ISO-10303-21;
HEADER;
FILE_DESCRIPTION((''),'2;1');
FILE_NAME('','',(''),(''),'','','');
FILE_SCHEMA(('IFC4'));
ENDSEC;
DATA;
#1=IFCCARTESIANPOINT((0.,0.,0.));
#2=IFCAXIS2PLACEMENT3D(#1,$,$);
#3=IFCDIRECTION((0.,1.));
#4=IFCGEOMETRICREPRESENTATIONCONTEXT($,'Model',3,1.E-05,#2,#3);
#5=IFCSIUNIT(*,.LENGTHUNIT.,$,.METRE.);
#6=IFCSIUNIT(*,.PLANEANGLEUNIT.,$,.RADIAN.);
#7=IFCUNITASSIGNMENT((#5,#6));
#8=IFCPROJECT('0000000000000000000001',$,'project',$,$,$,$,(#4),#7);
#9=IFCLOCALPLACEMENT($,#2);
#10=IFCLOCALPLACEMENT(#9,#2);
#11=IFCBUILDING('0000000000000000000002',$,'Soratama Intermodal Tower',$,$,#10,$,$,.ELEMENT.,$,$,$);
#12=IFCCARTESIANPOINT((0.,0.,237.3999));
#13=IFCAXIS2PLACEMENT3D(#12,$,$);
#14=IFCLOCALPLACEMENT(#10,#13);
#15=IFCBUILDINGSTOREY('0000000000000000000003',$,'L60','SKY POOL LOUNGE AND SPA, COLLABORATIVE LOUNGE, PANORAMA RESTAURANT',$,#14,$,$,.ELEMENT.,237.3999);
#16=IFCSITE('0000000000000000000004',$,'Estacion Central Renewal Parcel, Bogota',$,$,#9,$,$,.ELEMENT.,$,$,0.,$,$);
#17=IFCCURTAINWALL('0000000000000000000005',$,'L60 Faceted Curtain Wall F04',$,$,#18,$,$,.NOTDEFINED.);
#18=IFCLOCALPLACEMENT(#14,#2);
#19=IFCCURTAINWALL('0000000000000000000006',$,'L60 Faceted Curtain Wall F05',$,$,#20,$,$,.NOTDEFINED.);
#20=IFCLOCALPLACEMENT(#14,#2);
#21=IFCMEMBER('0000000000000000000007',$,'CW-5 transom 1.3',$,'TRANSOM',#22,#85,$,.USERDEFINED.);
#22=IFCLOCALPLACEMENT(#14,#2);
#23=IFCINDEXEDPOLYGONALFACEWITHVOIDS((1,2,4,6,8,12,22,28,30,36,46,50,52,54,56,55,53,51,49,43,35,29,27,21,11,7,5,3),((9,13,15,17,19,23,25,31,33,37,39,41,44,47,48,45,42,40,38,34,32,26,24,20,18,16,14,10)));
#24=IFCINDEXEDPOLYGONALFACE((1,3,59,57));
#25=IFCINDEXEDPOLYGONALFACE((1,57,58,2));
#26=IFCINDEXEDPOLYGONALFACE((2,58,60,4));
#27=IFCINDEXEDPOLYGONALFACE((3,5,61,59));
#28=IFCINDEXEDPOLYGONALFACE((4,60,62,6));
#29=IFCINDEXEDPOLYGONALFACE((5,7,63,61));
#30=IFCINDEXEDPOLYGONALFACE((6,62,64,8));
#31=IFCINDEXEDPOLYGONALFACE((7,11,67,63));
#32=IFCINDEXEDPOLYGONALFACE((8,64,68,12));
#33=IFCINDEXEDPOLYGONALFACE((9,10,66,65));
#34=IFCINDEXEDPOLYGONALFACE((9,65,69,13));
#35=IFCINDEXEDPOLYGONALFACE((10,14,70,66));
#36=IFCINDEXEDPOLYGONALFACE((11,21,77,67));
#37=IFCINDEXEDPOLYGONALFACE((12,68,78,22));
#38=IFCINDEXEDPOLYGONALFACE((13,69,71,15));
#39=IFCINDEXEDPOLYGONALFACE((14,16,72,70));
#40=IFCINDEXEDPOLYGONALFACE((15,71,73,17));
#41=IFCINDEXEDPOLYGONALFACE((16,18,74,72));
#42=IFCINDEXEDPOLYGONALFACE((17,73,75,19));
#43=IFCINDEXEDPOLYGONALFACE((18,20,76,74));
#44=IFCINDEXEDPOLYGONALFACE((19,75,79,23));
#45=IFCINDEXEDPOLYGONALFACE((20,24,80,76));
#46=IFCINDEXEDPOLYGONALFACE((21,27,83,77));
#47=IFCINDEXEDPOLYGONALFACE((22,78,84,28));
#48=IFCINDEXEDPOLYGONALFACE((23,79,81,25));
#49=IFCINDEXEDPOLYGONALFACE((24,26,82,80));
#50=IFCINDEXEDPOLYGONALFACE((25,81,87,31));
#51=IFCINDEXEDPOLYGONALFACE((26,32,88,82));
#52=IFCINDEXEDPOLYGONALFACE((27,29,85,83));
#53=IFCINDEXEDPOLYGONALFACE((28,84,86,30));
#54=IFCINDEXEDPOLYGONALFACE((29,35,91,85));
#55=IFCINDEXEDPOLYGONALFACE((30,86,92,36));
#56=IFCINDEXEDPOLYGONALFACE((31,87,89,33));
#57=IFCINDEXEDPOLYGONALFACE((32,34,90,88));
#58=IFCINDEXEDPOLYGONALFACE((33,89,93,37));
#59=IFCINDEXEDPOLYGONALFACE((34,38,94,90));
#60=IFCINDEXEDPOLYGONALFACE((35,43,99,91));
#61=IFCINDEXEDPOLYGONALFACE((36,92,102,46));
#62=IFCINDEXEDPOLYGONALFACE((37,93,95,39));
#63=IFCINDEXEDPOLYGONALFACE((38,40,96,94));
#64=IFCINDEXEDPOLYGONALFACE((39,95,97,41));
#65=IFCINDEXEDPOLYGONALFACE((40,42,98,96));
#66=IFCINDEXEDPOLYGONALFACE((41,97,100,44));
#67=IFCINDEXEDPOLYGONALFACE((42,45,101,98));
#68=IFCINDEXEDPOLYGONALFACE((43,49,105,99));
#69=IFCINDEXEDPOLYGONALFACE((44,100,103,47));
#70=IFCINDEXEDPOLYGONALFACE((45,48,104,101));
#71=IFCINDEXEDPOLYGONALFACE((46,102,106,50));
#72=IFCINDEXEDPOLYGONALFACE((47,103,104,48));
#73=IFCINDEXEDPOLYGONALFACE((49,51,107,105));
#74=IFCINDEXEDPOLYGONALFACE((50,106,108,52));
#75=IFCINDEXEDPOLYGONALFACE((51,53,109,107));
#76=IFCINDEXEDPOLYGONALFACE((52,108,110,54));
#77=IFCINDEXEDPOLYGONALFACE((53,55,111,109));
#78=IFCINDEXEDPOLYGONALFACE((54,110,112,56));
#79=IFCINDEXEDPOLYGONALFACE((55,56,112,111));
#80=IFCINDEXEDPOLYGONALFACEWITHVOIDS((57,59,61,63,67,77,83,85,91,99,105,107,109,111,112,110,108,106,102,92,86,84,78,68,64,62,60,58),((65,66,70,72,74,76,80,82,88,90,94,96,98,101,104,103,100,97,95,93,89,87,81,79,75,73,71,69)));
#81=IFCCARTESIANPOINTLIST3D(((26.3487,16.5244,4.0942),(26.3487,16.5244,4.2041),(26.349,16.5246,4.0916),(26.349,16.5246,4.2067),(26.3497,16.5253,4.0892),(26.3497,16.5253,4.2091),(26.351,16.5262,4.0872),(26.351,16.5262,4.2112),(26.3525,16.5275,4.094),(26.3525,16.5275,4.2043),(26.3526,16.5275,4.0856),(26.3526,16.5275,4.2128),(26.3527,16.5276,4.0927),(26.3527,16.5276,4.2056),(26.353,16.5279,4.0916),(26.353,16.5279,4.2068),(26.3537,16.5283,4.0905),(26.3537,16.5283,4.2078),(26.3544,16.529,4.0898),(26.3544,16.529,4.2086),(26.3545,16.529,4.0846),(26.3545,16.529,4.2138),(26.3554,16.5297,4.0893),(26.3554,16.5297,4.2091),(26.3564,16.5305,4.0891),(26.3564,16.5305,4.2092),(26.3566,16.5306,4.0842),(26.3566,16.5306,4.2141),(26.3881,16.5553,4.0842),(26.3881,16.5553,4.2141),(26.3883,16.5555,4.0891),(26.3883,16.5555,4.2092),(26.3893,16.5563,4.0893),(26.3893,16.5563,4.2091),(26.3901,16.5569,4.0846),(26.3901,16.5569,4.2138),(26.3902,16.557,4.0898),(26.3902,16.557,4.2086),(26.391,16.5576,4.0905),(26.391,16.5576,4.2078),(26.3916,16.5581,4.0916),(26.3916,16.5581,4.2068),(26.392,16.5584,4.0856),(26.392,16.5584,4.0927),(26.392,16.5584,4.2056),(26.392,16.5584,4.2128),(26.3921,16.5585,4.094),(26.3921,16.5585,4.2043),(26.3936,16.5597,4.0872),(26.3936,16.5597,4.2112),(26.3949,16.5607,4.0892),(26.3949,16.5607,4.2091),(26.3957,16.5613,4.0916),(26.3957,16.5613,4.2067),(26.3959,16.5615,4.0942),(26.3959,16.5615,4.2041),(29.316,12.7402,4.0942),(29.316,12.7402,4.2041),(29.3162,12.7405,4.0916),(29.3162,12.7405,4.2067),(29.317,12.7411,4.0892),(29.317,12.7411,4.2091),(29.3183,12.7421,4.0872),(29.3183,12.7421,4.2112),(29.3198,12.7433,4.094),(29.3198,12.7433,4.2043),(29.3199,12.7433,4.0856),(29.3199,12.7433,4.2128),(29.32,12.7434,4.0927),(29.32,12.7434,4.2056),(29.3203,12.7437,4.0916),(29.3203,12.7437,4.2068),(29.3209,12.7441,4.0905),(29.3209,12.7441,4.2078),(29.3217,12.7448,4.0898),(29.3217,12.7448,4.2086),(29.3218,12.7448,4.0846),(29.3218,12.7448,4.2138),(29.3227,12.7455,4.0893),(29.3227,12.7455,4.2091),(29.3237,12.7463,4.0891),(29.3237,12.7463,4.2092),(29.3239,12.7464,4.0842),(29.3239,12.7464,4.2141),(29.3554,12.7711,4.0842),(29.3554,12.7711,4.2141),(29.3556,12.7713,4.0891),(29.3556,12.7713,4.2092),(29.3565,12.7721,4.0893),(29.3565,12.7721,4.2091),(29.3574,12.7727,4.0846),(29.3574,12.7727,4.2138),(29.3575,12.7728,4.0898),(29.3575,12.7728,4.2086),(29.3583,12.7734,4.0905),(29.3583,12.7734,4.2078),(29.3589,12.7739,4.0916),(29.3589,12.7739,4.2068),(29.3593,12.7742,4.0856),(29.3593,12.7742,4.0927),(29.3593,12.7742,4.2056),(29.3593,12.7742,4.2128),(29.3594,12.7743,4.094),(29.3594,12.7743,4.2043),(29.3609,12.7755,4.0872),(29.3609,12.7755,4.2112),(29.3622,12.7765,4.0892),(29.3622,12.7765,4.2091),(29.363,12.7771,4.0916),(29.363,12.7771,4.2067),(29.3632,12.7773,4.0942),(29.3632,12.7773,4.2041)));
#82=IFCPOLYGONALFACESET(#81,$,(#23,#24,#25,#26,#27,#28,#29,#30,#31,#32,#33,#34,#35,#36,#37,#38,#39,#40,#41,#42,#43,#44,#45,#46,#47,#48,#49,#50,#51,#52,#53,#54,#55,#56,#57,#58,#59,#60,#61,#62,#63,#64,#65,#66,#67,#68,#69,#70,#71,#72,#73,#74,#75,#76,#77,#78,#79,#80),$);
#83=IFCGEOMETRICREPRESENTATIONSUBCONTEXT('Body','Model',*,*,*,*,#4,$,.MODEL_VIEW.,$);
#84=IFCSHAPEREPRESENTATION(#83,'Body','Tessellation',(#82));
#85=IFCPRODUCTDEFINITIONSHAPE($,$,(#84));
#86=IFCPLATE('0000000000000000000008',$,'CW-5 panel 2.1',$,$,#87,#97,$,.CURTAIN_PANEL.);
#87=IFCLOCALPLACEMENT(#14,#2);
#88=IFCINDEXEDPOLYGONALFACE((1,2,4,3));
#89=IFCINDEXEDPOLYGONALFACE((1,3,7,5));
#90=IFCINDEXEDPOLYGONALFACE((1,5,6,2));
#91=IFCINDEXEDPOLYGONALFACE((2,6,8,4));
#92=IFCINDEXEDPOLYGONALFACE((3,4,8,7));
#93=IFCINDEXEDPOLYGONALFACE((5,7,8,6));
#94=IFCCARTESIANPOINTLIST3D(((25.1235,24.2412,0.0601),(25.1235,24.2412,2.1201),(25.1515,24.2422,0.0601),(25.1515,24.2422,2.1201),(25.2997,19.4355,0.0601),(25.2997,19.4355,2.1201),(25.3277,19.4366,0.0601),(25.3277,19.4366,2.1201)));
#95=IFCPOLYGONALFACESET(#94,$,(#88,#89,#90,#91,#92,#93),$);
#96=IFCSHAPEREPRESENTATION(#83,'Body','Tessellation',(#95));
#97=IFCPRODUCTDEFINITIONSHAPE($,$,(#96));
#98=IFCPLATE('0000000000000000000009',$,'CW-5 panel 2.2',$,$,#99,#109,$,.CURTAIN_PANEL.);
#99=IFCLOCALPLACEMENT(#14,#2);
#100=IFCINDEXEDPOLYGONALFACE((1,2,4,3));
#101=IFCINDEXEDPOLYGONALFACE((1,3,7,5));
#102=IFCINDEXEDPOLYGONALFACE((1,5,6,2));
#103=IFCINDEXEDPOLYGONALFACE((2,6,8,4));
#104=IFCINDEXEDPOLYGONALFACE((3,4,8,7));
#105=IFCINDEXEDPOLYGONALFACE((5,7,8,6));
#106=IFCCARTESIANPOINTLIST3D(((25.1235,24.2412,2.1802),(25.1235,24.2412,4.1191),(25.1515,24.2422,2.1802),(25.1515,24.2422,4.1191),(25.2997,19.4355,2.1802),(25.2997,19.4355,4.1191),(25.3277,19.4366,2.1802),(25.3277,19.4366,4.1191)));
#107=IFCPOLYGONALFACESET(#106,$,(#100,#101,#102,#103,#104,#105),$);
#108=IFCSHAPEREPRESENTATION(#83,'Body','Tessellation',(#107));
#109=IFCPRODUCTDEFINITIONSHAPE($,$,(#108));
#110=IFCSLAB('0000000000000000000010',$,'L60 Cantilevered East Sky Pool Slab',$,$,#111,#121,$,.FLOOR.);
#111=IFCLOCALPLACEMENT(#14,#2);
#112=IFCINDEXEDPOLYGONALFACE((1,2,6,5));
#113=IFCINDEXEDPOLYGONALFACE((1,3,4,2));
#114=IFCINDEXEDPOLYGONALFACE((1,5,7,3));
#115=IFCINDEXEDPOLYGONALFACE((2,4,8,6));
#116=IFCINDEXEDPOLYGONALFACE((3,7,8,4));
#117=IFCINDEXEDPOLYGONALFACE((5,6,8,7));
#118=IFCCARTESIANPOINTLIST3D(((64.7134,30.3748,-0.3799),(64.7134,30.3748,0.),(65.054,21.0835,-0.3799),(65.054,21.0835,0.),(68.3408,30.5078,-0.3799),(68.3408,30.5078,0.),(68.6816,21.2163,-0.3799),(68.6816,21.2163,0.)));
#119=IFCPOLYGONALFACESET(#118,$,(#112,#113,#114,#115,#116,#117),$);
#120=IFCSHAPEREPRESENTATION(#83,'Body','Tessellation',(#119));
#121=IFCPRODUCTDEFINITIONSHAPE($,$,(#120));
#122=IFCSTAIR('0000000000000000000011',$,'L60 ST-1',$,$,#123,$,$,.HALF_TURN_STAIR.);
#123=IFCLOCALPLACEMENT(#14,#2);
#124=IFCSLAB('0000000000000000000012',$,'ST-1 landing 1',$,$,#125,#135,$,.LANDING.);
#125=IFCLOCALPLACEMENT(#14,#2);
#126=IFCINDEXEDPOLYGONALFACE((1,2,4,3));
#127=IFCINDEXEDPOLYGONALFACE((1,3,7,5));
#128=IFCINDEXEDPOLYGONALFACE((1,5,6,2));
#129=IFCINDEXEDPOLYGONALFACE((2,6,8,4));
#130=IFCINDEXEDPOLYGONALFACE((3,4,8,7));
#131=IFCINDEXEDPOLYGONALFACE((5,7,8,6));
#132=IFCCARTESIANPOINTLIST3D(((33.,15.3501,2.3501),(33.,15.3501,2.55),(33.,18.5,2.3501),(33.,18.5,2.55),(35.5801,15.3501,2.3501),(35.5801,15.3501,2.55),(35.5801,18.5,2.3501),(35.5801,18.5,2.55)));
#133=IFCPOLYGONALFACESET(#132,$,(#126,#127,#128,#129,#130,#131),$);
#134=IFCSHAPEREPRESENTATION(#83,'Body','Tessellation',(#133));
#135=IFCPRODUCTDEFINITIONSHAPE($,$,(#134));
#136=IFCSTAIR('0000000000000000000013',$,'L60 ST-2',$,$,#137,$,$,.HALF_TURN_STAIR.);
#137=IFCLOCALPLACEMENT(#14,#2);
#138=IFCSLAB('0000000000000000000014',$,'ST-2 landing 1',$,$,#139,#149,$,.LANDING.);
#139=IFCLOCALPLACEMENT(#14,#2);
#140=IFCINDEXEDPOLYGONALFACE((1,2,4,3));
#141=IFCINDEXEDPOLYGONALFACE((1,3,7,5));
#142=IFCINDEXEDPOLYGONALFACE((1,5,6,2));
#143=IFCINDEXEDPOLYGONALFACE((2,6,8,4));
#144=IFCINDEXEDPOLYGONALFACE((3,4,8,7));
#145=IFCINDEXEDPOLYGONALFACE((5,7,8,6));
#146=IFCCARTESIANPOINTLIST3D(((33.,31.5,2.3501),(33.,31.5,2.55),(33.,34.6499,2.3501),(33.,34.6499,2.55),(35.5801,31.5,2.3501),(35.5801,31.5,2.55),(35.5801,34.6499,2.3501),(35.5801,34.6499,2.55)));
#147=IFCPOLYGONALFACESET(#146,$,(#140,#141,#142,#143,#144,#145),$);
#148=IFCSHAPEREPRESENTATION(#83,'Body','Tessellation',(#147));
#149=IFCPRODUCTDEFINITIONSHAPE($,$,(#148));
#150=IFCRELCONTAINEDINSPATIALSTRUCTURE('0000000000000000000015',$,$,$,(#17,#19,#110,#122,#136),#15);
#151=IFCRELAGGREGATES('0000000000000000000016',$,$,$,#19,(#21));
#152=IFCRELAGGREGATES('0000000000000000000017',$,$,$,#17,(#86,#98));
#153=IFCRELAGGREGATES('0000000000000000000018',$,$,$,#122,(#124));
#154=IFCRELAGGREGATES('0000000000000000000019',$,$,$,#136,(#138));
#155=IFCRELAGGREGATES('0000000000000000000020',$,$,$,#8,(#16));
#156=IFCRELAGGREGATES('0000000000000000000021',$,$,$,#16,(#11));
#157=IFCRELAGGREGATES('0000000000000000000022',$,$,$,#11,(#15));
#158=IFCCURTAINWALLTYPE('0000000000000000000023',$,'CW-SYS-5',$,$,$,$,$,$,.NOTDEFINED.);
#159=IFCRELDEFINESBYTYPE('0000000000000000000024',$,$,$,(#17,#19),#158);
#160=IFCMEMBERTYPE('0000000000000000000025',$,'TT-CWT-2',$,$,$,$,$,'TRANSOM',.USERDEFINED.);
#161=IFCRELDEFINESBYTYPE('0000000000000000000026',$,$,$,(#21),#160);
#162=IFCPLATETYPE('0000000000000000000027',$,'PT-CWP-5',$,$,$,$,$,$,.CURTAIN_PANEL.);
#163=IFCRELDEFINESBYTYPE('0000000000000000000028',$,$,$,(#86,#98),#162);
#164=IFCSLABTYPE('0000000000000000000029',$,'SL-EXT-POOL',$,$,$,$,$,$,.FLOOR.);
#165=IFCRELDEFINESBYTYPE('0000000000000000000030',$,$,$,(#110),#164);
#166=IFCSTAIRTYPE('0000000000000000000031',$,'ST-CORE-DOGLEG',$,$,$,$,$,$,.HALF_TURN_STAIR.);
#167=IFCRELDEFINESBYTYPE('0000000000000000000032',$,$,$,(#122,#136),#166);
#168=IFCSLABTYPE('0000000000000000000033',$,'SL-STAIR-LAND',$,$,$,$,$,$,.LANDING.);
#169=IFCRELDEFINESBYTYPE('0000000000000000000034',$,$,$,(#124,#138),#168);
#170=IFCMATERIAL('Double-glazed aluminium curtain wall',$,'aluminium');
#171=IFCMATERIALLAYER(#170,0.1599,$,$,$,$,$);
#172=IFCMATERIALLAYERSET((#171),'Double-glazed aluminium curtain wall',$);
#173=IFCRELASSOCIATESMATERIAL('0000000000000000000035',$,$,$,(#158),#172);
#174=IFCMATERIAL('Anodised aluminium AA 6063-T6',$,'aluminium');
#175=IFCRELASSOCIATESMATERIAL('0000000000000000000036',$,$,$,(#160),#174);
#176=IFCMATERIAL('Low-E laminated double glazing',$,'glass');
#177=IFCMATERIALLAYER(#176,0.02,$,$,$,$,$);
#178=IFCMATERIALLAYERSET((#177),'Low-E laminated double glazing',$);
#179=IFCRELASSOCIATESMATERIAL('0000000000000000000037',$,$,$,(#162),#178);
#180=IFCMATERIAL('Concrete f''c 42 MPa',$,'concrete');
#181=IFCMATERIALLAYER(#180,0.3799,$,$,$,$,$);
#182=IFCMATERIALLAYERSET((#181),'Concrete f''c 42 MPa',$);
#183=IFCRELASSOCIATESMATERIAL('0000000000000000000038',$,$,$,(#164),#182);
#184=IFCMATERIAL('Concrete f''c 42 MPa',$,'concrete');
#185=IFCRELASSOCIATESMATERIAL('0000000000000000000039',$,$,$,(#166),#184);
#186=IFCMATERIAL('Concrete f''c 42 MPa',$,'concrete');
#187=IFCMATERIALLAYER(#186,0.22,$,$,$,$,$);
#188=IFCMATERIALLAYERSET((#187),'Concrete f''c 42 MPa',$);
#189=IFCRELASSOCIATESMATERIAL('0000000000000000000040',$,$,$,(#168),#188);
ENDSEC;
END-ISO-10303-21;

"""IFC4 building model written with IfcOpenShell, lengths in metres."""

from ifc_helpers import new_model, si_unit, direction, frame, origin, origin_2d, place, context, subcontext, project, spatial, polyline, rectangle, hollow_rectangle, outline, extrude, material, layer, layer_set, material_profile, profile_set, type_object, element, aggregate, save


model = new_model("IFC4")

# Units and contexts
model_context = context("Model", 3, precision=1e-05, world=origin(), true_north=direction((0.0, 1.0)))
body_context = subcontext(model_context, "Body", "Model", "MODEL_VIEW")
ifc_project = project(units=[si_unit("LENGTHUNIT", "METRE"), si_unit("PLANEANGLEUNIT", "RADIAN")], contexts=[model_context])

# Site, building, storey
site_placement = place(None, origin())
site = spatial("IfcSite", under=ifc_project, at=site_placement, Name="Estacion Central Renewal Parcel, Bogota", CompositionType="ELEMENT", RefElevation=0.0)
building_placement = place(site_placement, origin())
building = spatial("IfcBuilding", under=site, at=building_placement, Name="Soratama Intermodal Tower", CompositionType="ELEMENT")
storey_placement = place(building_placement, frame((0.0, 0.0, 237.3999)))
storey = spatial("IfcBuildingStorey", under=building, at=storey_placement, Name="L60", Description="SKY POOL LOUNGE AND SPA, COLLABORATIVE LOUNGE, PANORAMA RESTAURANT", CompositionType="ELEMENT", Elevation=237.3999)

# Curtain wall
ifc_material_1 = material(Name="Double-glazed aluminium curtain wall", Category="aluminium")
ifc_layer_1 = layer(ifc_material_1, 0.1599)
ifc_layer_set_1 = layer_set([ifc_layer_1], Name="Double-glazed aluminium curtain wall")
curtain_wall_type = type_object("IfcCurtainWallType", Name="CW-SYS-5", PredefinedType="NOTDEFINED", material=ifc_layer_set_1)
curtain_wall_1_placement = place(storey_placement, origin())
curtain_wall_1 = element("IfcCurtainWall", 1, at=curtain_wall_1_placement, inside=storey, type_object=curtain_wall_type, Name="L60 Faceted Curtain Wall F04", PredefinedType="NOTDEFINED")

# Curtain wall
curtain_wall_2_placement = place(storey_placement, origin())
curtain_wall_2 = element("IfcCurtainWall", 2, at=curtain_wall_2_placement, inside=storey, type_object=curtain_wall_type, Name="L60 Faceted Curtain Wall F05", PredefinedType="NOTDEFINED")

# Member
ifc_material_2 = material(Name="Anodised aluminium AA 6063-T6", Category="aluminium")
ifc_material_profile_1 = material_profile(ifc_material_2, hollow_rectangle(XDim=0.0601, YDim=0.1299, WallThickness=0.0049, InnerFilletRadius=0.0049, OuterFilletRadius=0.01, at=origin_2d()), Name="CWT130X60X5")
ifc_profile_set_1 = profile_set([ifc_material_profile_1], Name="Anodised aluminium AA 6063-T6")
member_type_1 = type_object("IfcMemberType", Name="TT-CWT-2", ElementType="TRANSOM", PredefinedType="USERDEFINED", material=ifc_profile_set_1)
member_1_placement = place(storey_placement, frame((26.3723, 16.543, 4.1492), z_axis=(0.61705, -0.786924, 0.0), x_axis=(0.786924, 0.61705, 0.0)))
member_1 = element("IfcMember", 3, at=member_1_placement, type_object=member_type_1, Name="CW-5 transom 1.3", ObjectType="TRANSOM", PredefinedType="USERDEFINED", context=body_context, shape_type="SweptSolid", body=[
    extrude(hollow_rectangle(XDim=0.0601, YDim=0.1299, WallThickness=0.0049, InnerFilletRadius=0.0049, OuterFilletRadius=0.01, at=origin_2d()), origin(), (0.0, 0.0, 1.0), 4.8088),
])
aggregate(curtain_wall_2, [member_1])

# Plates
ifc_material_3 = material(Name="Low-E laminated double glazing", Category="glass")
ifc_layer_2 = layer(ifc_material_3, 0.02)
ifc_layer_set_2 = layer_set([ifc_layer_2], Name="Low-E laminated double glazing")
plate_type = type_object("IfcPlateType", Name="PT-CWP-5", PredefinedType="CURTAIN_PANEL", material=ifc_layer_set_2)
plate_1_placement = place(storey_placement, frame((25.2256, 21.8389, 0.0601), z_axis=(0.0, 0.0, 1.0), x_axis=(0.036641, -0.999328, 0.0)))
plate_1 = element("IfcPlate", 4, at=plate_1_placement, type_object=plate_type, Name="CW-5 panel 2.1", PredefinedType="CURTAIN_PANEL", context=body_context, shape_type="SweptSolid", body=[
    extrude(rectangle(XDim=4.8088, YDim=0.0281, at=origin_2d()), origin(), (0.0, 0.0, 1.0), 2.0601),
])
plate_2_placement = place(storey_placement, frame((25.2256, 21.8389, 2.1802), z_axis=(0.0, 0.0, 1.0), x_axis=(0.036641, -0.999328, 0.0)))
plate_2 = element("IfcPlate", 5, at=plate_2_placement, type_object=plate_type, Name="CW-5 panel 2.2", PredefinedType="CURTAIN_PANEL", context=body_context, shape_type="SweptSolid", body=[
    extrude(rectangle(XDim=4.8088, YDim=0.0281, at=origin_2d()), origin(), (0.0, 0.0, 1.0), 1.939),
])
aggregate(curtain_wall_1, [plate_1, plate_2])

# Slab
ifc_material_4 = material(Name="Concrete f'c 42 MPa", Category="concrete")
ifc_layer_3 = layer(ifc_material_4, 0.3799)
ifc_layer_set_3 = layer_set([ifc_layer_3], Name="Concrete f'c 42 MPa")
slab_type_1 = type_object("IfcSlabType", Name="SL-EXT-POOL", PredefinedType="FLOOR", material=ifc_layer_set_3)
slab_1_placement = place(storey_placement, frame((0.0, 0.0, -0.3799)))
element("IfcSlab", 6, at=slab_1_placement, inside=storey, type_object=slab_type_1, Name="L60 Cantilevered East Sky Pool Slab", PredefinedType="FLOOR", context=body_context, shape_type="SweptSolid", body=[
    extrude(outline(polyline([(65.054, 21.0835), (64.7134, 30.3748), (68.3408, 30.5078), (68.6816, 21.2163), (65.054, 21.0835)])), origin(), (0.0, 0.0, 1.0), 0.3799),
])

# Stairs, slabs
ifc_material_5 = material(Name="Concrete f'c 42 MPa", Category="concrete")
stair_type = type_object("IfcStairType", Name="ST-CORE-DOGLEG", PredefinedType="HALF_TURN_STAIR", material=ifc_material_5)
stair_1_placement = place(storey_placement, origin())
stair_1 = element("IfcStair", 7, at=stair_1_placement, inside=storey, type_object=stair_type, Name="L60 ST-1", PredefinedType="HALF_TURN_STAIR")
ifc_material_6 = material(Name="Concrete f'c 42 MPa", Category="concrete")
ifc_layer_4 = layer(ifc_material_6, 0.22)
ifc_layer_set_4 = layer_set([ifc_layer_4], Name="Concrete f'c 42 MPa")
slab_type_2 = type_object("IfcSlabType", Name="SL-STAIR-LAND", PredefinedType="LANDING", material=ifc_layer_set_4)
slab_2_placement = place(storey_placement, frame((0.0, 0.0, 2.3501)))
slab_2 = element("IfcSlab", 8, at=slab_2_placement, type_object=slab_type_2, Name="ST-1 landing 1", PredefinedType="LANDING", context=body_context, shape_type="SweptSolid", body=[
    extrude(outline(polyline([(35.5801, 18.5), (33.0, 18.5), (33.0, 15.3501), (35.5801, 15.3501), (35.5801, 18.5)])), origin(), (0.0, 0.0, 1.0), 0.2),
])
aggregate(stair_1, [slab_2])
stair_2_placement = place(storey_placement, origin())
stair_2 = element("IfcStair", 9, at=stair_2_placement, inside=storey, type_object=stair_type, Name="L60 ST-2", PredefinedType="HALF_TURN_STAIR")
slab_3_placement = place(storey_placement, frame((0.0, 0.0, 2.3501)))
slab_3 = element("IfcSlab", 10, at=slab_3_placement, type_object=slab_type_2, Name="ST-2 landing 1", PredefinedType="LANDING", context=body_context, shape_type="SweptSolid", body=[
    extrude(outline(polyline([(35.5801, 34.6499), (33.0, 34.6499), (33.0, 31.5), (35.5801, 31.5), (35.5801, 34.6499)])), origin(), (0.0, 0.0, 1.0), 0.2),
])
aggregate(stair_2, [slab_3])

save(model, "model.ifc")
